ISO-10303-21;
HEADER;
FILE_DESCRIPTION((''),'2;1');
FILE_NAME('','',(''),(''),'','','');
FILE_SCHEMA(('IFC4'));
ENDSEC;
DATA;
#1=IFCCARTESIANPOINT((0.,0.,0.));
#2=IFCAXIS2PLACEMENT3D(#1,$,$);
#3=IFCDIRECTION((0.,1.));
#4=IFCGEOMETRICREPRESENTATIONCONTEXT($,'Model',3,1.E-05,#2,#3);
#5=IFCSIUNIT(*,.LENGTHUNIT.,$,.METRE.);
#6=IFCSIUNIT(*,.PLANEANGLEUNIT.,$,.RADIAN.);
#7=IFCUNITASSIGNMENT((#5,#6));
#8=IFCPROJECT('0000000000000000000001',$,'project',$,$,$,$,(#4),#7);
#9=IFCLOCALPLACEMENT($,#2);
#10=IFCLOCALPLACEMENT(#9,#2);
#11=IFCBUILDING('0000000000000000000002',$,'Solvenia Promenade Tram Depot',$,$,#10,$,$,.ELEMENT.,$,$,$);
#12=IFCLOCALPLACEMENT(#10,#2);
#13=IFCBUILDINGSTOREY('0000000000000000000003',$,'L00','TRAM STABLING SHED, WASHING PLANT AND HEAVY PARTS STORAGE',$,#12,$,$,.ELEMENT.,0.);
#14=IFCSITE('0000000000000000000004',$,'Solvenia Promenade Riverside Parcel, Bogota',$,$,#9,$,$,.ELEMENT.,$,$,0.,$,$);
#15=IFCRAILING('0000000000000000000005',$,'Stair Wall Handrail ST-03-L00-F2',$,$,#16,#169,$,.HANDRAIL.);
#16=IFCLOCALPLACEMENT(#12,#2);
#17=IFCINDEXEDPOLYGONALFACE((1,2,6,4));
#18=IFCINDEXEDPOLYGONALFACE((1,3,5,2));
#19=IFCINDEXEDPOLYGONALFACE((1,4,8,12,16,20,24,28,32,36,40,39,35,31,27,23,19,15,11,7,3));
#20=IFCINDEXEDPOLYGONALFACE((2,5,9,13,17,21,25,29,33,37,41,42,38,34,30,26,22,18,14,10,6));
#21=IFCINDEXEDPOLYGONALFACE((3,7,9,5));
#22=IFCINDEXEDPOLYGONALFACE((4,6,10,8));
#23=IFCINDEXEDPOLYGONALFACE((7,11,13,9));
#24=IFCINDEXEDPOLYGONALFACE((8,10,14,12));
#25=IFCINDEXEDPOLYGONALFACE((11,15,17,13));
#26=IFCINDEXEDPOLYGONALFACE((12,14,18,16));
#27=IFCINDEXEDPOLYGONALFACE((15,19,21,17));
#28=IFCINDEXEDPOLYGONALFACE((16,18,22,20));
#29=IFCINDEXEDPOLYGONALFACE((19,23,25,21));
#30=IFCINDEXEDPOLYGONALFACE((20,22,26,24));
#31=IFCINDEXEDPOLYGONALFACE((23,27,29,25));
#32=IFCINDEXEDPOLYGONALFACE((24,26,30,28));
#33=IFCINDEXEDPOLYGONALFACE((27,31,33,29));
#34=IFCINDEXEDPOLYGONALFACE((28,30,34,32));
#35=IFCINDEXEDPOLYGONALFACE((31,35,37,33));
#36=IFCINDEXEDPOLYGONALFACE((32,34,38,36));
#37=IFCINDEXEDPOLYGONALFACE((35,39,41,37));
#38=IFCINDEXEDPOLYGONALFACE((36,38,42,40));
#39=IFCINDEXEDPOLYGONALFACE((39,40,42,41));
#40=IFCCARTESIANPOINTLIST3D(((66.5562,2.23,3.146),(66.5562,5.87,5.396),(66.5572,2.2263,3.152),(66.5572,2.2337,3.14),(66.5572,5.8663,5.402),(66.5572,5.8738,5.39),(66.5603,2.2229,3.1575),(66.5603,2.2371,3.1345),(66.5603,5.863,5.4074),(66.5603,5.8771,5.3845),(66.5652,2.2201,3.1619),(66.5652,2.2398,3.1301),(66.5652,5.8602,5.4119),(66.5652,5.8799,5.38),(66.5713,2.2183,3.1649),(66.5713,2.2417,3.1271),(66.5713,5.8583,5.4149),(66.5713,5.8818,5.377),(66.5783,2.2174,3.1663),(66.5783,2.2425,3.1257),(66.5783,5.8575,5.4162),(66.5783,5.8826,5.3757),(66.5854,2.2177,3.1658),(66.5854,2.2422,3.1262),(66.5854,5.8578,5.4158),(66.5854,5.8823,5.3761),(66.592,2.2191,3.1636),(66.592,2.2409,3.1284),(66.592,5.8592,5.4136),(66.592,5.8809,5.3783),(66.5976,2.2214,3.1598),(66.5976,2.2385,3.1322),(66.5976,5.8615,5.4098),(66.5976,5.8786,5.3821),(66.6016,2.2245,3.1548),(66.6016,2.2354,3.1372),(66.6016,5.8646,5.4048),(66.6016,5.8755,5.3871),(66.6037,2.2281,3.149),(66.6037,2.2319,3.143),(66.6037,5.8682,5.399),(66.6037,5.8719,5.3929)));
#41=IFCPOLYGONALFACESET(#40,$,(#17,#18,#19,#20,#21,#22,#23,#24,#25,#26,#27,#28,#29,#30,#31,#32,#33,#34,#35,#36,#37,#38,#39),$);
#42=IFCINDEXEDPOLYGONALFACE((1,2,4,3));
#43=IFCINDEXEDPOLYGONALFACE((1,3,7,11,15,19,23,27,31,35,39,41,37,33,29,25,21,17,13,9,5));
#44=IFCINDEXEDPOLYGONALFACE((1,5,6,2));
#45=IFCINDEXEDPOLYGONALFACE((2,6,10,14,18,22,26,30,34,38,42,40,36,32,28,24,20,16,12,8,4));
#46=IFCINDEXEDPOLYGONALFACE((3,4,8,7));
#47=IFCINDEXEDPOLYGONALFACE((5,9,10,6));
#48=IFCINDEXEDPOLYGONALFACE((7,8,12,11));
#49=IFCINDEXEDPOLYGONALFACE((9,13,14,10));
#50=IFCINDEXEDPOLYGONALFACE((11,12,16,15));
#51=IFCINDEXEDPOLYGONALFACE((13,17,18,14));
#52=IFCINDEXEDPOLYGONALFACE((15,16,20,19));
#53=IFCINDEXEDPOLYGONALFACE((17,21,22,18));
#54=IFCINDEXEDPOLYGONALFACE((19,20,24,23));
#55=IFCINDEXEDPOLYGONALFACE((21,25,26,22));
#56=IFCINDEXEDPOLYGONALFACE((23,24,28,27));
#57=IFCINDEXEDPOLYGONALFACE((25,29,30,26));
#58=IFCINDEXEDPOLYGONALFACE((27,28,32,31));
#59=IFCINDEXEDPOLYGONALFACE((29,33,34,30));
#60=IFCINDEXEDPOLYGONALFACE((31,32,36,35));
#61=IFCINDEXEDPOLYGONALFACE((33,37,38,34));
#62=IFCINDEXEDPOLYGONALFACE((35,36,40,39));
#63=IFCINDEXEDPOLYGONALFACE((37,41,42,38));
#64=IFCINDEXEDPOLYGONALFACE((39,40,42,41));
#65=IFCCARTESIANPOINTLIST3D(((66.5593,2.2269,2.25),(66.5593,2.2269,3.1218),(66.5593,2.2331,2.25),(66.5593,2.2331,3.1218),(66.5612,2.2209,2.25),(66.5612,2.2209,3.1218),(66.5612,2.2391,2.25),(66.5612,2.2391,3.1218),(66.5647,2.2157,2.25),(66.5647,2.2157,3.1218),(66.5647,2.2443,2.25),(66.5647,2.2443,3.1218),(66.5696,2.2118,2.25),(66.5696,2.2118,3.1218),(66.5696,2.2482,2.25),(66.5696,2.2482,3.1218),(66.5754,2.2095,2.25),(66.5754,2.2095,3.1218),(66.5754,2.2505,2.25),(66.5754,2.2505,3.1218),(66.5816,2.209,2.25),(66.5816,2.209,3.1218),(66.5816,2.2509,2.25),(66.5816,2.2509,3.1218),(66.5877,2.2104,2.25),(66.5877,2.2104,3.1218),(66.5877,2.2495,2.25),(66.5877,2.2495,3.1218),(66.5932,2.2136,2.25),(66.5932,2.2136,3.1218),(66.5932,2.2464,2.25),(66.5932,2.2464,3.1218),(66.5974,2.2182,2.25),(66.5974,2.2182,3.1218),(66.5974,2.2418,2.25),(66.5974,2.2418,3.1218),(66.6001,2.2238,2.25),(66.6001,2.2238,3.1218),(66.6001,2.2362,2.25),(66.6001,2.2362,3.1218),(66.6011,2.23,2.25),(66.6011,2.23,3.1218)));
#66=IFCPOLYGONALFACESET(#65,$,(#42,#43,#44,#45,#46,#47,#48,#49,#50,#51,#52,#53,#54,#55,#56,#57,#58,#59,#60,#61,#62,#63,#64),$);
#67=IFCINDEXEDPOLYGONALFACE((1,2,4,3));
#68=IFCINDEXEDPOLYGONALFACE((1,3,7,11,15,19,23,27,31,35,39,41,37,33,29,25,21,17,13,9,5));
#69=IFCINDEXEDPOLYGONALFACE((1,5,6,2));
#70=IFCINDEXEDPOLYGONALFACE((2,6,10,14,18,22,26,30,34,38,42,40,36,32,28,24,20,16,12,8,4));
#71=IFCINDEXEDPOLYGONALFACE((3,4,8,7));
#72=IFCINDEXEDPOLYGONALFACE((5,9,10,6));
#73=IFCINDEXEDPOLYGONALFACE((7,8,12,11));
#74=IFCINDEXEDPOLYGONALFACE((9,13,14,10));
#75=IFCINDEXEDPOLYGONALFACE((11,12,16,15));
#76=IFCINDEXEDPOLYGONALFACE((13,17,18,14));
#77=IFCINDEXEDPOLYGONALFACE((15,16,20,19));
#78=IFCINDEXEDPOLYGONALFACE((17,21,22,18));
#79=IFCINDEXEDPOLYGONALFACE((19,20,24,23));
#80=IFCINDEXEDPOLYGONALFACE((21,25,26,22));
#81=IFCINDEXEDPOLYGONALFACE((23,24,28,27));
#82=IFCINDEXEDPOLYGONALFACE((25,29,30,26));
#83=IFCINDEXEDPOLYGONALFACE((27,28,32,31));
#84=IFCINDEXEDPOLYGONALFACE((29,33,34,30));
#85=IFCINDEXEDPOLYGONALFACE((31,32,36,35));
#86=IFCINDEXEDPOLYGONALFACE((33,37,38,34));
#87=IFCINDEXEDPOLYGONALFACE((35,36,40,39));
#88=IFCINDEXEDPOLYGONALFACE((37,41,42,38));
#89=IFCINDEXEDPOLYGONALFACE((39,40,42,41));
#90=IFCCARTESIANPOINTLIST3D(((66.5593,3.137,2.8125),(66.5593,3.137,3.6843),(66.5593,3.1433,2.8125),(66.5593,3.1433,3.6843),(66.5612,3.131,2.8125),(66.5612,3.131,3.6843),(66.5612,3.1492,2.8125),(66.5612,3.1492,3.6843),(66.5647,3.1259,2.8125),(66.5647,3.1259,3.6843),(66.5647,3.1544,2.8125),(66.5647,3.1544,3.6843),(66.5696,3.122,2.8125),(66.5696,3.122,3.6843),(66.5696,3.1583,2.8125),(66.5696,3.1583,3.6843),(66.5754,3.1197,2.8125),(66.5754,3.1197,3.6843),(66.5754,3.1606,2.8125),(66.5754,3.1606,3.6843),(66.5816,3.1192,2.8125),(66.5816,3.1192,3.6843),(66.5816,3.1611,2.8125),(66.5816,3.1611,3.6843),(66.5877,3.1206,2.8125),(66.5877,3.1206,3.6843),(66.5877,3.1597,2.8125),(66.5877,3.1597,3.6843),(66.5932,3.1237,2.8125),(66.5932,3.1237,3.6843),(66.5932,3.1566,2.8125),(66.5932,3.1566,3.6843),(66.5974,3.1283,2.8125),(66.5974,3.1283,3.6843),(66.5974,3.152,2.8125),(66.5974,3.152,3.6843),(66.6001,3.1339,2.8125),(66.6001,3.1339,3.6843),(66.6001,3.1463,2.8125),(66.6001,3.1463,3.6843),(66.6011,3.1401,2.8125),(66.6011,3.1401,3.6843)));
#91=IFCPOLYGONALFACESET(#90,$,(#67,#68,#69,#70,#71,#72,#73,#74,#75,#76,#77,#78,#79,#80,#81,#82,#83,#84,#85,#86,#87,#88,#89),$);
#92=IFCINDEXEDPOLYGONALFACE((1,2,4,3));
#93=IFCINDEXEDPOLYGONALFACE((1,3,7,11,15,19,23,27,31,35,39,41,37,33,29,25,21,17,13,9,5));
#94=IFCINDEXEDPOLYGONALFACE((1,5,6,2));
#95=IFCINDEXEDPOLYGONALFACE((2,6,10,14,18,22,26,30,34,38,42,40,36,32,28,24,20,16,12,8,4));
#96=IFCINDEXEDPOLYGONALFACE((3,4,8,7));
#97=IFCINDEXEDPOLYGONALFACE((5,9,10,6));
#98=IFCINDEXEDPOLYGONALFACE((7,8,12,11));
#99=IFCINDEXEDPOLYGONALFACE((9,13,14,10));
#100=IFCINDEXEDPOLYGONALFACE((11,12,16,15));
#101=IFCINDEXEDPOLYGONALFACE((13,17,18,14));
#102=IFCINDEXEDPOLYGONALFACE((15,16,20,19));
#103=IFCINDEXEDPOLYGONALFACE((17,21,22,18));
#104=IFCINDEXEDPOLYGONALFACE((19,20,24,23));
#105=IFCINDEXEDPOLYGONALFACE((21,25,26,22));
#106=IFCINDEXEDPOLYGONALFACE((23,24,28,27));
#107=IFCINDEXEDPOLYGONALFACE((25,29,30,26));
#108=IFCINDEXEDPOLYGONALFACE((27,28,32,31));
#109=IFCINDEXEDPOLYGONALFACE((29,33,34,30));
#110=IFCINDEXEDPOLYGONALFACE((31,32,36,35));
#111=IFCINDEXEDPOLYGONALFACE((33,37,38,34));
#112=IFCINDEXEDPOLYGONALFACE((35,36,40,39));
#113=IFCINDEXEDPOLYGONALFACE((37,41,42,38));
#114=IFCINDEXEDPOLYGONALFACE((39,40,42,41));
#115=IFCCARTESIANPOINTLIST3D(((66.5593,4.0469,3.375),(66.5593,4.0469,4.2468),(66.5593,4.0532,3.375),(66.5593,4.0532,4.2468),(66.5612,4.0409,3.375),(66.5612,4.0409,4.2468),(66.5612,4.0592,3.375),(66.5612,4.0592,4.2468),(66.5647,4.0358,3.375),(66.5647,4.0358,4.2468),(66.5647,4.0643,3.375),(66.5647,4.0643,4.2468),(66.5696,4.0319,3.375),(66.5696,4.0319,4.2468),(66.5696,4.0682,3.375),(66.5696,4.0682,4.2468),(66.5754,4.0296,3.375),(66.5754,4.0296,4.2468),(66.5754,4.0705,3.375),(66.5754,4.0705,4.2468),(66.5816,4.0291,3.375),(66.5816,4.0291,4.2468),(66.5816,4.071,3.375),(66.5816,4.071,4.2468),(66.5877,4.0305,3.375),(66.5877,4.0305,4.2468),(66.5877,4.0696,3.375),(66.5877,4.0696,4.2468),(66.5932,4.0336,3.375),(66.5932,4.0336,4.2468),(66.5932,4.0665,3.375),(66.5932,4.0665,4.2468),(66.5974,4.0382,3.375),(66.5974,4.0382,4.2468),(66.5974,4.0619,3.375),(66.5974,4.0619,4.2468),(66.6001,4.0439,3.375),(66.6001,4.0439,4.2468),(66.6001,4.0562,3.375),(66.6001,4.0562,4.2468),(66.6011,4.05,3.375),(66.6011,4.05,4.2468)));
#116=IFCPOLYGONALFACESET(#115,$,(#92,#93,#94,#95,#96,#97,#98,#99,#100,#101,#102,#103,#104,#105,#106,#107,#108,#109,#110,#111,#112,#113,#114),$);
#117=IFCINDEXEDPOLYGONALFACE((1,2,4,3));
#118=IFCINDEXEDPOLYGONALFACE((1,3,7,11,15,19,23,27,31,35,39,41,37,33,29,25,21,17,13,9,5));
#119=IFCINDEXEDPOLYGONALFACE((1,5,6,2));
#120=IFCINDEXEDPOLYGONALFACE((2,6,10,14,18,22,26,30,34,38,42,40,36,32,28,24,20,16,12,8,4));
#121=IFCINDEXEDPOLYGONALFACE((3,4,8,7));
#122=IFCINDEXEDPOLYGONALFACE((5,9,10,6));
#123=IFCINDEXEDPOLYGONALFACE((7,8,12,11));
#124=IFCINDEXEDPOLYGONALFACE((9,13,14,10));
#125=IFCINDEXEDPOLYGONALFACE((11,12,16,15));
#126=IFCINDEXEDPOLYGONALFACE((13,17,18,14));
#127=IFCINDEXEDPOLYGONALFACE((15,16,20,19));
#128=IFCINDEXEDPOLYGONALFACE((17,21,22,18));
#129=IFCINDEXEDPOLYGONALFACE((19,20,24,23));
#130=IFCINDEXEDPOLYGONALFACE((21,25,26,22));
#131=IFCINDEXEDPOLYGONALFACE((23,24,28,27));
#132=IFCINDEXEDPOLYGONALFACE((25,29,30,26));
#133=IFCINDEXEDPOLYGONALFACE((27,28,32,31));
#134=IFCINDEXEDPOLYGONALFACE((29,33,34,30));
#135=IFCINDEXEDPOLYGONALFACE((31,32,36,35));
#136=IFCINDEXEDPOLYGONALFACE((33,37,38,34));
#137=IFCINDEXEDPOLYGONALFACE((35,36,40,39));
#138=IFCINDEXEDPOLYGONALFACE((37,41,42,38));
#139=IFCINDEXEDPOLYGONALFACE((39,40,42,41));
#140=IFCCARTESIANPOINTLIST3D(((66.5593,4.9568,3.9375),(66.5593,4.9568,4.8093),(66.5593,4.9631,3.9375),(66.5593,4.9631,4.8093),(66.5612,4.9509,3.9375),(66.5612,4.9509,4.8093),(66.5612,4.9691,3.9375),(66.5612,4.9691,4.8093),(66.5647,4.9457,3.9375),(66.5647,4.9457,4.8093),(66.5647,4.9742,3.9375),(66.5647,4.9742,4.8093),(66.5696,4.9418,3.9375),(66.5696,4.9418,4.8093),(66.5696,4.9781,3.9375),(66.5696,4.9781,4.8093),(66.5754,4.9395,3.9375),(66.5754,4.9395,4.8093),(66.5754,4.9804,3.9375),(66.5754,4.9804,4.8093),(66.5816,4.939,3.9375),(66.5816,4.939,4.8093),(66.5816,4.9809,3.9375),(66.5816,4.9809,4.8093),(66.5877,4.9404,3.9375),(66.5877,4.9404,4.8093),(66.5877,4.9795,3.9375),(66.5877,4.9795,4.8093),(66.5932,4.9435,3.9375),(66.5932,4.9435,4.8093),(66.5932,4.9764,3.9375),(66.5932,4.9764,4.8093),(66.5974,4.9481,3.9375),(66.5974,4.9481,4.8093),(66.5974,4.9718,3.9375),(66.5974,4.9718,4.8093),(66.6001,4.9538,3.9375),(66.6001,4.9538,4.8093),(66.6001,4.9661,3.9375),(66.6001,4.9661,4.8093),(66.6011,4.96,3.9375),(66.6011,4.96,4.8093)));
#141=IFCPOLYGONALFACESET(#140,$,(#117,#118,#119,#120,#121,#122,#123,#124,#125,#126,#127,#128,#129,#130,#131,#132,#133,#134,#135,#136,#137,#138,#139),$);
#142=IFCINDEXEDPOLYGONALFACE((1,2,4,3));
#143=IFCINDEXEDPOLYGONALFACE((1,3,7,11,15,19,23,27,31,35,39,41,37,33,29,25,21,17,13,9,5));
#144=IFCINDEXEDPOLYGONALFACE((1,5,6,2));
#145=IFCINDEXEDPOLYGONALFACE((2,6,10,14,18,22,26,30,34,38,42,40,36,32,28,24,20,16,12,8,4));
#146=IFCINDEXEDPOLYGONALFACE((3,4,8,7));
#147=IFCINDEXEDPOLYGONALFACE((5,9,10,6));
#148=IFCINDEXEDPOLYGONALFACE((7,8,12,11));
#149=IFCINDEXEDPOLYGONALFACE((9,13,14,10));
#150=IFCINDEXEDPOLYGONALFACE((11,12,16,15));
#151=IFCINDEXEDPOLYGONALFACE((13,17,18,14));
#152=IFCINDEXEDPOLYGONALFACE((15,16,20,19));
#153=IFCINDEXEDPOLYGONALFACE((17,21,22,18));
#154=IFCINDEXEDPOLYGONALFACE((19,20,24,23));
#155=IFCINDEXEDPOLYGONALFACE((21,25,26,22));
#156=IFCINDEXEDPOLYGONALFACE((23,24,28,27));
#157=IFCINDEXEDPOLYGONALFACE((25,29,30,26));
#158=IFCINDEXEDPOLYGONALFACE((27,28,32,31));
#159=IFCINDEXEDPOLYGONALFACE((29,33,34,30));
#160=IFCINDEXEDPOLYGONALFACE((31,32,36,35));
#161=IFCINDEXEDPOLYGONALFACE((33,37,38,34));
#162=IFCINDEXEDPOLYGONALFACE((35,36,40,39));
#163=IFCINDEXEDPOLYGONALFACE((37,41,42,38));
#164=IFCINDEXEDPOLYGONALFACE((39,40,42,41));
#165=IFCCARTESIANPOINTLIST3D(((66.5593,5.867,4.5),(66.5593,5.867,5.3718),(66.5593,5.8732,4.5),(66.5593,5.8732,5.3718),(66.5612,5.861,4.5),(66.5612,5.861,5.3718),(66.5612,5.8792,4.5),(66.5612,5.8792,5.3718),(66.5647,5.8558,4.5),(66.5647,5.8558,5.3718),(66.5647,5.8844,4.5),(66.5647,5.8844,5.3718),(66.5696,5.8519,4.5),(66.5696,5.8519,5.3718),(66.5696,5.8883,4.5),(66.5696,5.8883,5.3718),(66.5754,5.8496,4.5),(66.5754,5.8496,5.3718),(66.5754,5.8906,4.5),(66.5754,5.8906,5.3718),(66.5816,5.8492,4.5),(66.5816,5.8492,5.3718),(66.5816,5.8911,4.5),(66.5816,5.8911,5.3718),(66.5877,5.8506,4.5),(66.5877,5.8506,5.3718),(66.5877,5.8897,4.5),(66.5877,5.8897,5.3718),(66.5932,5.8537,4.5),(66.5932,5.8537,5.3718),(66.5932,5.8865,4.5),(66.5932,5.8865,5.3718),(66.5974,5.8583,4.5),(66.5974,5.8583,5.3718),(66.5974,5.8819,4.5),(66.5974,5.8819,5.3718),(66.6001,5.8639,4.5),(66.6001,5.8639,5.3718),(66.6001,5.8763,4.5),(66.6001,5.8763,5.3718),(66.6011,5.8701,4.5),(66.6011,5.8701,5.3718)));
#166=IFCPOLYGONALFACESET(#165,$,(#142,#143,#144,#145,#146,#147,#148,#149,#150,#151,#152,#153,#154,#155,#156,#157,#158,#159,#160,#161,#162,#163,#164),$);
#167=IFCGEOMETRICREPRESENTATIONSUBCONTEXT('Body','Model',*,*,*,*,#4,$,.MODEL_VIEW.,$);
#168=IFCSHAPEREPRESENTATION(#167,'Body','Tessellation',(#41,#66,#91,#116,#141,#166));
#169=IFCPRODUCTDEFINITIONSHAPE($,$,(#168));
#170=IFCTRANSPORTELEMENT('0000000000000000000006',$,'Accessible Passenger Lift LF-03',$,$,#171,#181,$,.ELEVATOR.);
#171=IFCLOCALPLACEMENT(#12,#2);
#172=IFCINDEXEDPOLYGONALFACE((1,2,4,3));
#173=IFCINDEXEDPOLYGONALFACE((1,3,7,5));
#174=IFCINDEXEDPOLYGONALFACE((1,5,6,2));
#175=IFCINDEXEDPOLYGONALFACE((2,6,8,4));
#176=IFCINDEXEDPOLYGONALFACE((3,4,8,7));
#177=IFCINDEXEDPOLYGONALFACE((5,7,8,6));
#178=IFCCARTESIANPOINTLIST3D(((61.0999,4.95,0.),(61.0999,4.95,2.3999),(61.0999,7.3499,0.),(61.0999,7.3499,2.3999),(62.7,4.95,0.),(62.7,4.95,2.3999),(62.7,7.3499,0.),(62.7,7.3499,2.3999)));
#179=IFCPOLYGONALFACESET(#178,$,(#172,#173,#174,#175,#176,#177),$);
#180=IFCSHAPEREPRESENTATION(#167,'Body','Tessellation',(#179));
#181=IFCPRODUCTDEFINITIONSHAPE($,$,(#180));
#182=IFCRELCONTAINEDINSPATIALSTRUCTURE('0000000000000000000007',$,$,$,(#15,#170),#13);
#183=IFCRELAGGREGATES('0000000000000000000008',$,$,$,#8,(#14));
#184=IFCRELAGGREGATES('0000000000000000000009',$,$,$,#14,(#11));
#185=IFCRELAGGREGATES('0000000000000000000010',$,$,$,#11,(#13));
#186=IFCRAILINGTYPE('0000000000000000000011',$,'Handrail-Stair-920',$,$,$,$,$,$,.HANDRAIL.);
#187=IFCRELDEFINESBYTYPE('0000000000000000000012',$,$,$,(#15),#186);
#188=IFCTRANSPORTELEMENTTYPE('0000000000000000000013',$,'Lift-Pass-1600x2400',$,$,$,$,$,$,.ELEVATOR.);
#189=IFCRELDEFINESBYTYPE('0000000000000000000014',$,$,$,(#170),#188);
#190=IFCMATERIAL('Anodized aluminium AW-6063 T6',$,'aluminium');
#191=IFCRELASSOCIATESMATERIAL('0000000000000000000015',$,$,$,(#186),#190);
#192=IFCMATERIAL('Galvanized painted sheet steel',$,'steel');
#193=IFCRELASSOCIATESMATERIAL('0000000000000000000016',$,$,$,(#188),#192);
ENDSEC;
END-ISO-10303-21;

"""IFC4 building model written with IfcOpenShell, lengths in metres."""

from ifc_helpers import new_model, si_unit, direction, frame, origin, origin_2d, place, context, subcontext, project, spatial, rectangle, circle, extrude, material, type_object, element, save


model = new_model("IFC4")

# Units and contexts
model_context = context("Model", 3, precision=1e-05, world=origin(), true_north=direction((0.0, 1.0)))
body_context = subcontext(model_context, "Body", "Model", "MODEL_VIEW")
ifc_project = project(units=[si_unit("LENGTHUNIT", "METRE"), si_unit("PLANEANGLEUNIT", "RADIAN")], contexts=[model_context])

# Site, building, storey
site_placement = place(None, origin())
site = spatial("IfcSite", under=ifc_project, at=site_placement, Name="Solvenia Promenade Riverside Parcel, Bogota", CompositionType="ELEMENT", RefElevation=0.0)
building_placement = place(site_placement, origin())
building = spatial("IfcBuilding", under=site, at=building_placement, Name="Solvenia Promenade Tram Depot", CompositionType="ELEMENT")
storey_placement = place(building_placement, origin())
storey = spatial("IfcBuildingStorey", under=building, at=storey_placement, Name="L00", Description="TRAM STABLING SHED, WASHING PLANT AND HEAVY PARTS STORAGE", CompositionType="ELEMENT", Elevation=0.0)

# Shared definitions
ifc_material_1 = material(Name="Galvanized painted sheet steel", Category="steel")

# Railing
ifc_material_2 = material(Name="Anodized aluminium AW-6063 T6", Category="aluminium")
railing_type_1 = type_object("IfcRailingType", Name="Handrail-Stair-920", PredefinedType="HANDRAIL", material=ifc_material_2)
railing_1_placement = place(storey_placement, frame((66.5801, 2.23, 2.25)))
element("IfcRailing", 1, at=railing_1_placement, inside=storey, type_object=railing_type_1, Name="Stair Wall Handrail ST-03-L00-F2", PredefinedType="HANDRAIL", context=body_context, shape_type="SweptSolid", body=[
    extrude(circle(Radius=0.0239, at=origin_2d()), frame((0.0, 0.0, 0.896), z_axis=(0.0, 0.850622, 0.525777), x_axis=(-1.0, 0.0, 0.0)), (0.0, 0.0, 1.0), 4.2793),
    extrude(circle(Radius=0.021, at=origin_2d()), origin(), (0.0, 0.0, 1.0), 0.8718),
    extrude(circle(Radius=0.021, at=origin_2d()), frame((0.0, 0.9102, 0.5625)), (0.0, 0.0, 1.0), 0.8718),
    extrude(circle(Radius=0.021, at=origin_2d()), frame((0.0, 1.8201, 1.125)), (0.0, 0.0, 1.0), 0.8718),
    extrude(circle(Radius=0.021, at=origin_2d()), frame((0.0, 2.73, 1.6875)), (0.0, 0.0, 1.0), 0.8718),
    extrude(circle(Radius=0.021, at=origin_2d()), frame((0.0, 3.6401, 2.25)), (0.0, 0.0, 1.0), 0.8718),
])

# Transport element
transport_element_type = type_object("IfcTransportElementType", Name="Lift-Pass-1600x2400", PredefinedType="ELEVATOR", material=ifc_material_1)
transport_element_placement = place(storey_placement, frame((61.8999, 6.1499, 0.0), z_axis=(0.0, 0.0, 1.0), x_axis=(1.0, 0.0, 0.0)))
element("IfcTransportElement", 2, at=transport_element_placement, inside=storey, type_object=transport_element_type, Name="Accessible Passenger Lift LF-03", PredefinedType="ELEVATOR", context=body_context, shape_type="SweptSolid", body=[
    extrude(rectangle(XDim=1.6001, YDim=2.3999, at=origin_2d()), origin(), (0.0, 0.0, 1.0), 2.3999),
])

save(model, "model.ifc")
